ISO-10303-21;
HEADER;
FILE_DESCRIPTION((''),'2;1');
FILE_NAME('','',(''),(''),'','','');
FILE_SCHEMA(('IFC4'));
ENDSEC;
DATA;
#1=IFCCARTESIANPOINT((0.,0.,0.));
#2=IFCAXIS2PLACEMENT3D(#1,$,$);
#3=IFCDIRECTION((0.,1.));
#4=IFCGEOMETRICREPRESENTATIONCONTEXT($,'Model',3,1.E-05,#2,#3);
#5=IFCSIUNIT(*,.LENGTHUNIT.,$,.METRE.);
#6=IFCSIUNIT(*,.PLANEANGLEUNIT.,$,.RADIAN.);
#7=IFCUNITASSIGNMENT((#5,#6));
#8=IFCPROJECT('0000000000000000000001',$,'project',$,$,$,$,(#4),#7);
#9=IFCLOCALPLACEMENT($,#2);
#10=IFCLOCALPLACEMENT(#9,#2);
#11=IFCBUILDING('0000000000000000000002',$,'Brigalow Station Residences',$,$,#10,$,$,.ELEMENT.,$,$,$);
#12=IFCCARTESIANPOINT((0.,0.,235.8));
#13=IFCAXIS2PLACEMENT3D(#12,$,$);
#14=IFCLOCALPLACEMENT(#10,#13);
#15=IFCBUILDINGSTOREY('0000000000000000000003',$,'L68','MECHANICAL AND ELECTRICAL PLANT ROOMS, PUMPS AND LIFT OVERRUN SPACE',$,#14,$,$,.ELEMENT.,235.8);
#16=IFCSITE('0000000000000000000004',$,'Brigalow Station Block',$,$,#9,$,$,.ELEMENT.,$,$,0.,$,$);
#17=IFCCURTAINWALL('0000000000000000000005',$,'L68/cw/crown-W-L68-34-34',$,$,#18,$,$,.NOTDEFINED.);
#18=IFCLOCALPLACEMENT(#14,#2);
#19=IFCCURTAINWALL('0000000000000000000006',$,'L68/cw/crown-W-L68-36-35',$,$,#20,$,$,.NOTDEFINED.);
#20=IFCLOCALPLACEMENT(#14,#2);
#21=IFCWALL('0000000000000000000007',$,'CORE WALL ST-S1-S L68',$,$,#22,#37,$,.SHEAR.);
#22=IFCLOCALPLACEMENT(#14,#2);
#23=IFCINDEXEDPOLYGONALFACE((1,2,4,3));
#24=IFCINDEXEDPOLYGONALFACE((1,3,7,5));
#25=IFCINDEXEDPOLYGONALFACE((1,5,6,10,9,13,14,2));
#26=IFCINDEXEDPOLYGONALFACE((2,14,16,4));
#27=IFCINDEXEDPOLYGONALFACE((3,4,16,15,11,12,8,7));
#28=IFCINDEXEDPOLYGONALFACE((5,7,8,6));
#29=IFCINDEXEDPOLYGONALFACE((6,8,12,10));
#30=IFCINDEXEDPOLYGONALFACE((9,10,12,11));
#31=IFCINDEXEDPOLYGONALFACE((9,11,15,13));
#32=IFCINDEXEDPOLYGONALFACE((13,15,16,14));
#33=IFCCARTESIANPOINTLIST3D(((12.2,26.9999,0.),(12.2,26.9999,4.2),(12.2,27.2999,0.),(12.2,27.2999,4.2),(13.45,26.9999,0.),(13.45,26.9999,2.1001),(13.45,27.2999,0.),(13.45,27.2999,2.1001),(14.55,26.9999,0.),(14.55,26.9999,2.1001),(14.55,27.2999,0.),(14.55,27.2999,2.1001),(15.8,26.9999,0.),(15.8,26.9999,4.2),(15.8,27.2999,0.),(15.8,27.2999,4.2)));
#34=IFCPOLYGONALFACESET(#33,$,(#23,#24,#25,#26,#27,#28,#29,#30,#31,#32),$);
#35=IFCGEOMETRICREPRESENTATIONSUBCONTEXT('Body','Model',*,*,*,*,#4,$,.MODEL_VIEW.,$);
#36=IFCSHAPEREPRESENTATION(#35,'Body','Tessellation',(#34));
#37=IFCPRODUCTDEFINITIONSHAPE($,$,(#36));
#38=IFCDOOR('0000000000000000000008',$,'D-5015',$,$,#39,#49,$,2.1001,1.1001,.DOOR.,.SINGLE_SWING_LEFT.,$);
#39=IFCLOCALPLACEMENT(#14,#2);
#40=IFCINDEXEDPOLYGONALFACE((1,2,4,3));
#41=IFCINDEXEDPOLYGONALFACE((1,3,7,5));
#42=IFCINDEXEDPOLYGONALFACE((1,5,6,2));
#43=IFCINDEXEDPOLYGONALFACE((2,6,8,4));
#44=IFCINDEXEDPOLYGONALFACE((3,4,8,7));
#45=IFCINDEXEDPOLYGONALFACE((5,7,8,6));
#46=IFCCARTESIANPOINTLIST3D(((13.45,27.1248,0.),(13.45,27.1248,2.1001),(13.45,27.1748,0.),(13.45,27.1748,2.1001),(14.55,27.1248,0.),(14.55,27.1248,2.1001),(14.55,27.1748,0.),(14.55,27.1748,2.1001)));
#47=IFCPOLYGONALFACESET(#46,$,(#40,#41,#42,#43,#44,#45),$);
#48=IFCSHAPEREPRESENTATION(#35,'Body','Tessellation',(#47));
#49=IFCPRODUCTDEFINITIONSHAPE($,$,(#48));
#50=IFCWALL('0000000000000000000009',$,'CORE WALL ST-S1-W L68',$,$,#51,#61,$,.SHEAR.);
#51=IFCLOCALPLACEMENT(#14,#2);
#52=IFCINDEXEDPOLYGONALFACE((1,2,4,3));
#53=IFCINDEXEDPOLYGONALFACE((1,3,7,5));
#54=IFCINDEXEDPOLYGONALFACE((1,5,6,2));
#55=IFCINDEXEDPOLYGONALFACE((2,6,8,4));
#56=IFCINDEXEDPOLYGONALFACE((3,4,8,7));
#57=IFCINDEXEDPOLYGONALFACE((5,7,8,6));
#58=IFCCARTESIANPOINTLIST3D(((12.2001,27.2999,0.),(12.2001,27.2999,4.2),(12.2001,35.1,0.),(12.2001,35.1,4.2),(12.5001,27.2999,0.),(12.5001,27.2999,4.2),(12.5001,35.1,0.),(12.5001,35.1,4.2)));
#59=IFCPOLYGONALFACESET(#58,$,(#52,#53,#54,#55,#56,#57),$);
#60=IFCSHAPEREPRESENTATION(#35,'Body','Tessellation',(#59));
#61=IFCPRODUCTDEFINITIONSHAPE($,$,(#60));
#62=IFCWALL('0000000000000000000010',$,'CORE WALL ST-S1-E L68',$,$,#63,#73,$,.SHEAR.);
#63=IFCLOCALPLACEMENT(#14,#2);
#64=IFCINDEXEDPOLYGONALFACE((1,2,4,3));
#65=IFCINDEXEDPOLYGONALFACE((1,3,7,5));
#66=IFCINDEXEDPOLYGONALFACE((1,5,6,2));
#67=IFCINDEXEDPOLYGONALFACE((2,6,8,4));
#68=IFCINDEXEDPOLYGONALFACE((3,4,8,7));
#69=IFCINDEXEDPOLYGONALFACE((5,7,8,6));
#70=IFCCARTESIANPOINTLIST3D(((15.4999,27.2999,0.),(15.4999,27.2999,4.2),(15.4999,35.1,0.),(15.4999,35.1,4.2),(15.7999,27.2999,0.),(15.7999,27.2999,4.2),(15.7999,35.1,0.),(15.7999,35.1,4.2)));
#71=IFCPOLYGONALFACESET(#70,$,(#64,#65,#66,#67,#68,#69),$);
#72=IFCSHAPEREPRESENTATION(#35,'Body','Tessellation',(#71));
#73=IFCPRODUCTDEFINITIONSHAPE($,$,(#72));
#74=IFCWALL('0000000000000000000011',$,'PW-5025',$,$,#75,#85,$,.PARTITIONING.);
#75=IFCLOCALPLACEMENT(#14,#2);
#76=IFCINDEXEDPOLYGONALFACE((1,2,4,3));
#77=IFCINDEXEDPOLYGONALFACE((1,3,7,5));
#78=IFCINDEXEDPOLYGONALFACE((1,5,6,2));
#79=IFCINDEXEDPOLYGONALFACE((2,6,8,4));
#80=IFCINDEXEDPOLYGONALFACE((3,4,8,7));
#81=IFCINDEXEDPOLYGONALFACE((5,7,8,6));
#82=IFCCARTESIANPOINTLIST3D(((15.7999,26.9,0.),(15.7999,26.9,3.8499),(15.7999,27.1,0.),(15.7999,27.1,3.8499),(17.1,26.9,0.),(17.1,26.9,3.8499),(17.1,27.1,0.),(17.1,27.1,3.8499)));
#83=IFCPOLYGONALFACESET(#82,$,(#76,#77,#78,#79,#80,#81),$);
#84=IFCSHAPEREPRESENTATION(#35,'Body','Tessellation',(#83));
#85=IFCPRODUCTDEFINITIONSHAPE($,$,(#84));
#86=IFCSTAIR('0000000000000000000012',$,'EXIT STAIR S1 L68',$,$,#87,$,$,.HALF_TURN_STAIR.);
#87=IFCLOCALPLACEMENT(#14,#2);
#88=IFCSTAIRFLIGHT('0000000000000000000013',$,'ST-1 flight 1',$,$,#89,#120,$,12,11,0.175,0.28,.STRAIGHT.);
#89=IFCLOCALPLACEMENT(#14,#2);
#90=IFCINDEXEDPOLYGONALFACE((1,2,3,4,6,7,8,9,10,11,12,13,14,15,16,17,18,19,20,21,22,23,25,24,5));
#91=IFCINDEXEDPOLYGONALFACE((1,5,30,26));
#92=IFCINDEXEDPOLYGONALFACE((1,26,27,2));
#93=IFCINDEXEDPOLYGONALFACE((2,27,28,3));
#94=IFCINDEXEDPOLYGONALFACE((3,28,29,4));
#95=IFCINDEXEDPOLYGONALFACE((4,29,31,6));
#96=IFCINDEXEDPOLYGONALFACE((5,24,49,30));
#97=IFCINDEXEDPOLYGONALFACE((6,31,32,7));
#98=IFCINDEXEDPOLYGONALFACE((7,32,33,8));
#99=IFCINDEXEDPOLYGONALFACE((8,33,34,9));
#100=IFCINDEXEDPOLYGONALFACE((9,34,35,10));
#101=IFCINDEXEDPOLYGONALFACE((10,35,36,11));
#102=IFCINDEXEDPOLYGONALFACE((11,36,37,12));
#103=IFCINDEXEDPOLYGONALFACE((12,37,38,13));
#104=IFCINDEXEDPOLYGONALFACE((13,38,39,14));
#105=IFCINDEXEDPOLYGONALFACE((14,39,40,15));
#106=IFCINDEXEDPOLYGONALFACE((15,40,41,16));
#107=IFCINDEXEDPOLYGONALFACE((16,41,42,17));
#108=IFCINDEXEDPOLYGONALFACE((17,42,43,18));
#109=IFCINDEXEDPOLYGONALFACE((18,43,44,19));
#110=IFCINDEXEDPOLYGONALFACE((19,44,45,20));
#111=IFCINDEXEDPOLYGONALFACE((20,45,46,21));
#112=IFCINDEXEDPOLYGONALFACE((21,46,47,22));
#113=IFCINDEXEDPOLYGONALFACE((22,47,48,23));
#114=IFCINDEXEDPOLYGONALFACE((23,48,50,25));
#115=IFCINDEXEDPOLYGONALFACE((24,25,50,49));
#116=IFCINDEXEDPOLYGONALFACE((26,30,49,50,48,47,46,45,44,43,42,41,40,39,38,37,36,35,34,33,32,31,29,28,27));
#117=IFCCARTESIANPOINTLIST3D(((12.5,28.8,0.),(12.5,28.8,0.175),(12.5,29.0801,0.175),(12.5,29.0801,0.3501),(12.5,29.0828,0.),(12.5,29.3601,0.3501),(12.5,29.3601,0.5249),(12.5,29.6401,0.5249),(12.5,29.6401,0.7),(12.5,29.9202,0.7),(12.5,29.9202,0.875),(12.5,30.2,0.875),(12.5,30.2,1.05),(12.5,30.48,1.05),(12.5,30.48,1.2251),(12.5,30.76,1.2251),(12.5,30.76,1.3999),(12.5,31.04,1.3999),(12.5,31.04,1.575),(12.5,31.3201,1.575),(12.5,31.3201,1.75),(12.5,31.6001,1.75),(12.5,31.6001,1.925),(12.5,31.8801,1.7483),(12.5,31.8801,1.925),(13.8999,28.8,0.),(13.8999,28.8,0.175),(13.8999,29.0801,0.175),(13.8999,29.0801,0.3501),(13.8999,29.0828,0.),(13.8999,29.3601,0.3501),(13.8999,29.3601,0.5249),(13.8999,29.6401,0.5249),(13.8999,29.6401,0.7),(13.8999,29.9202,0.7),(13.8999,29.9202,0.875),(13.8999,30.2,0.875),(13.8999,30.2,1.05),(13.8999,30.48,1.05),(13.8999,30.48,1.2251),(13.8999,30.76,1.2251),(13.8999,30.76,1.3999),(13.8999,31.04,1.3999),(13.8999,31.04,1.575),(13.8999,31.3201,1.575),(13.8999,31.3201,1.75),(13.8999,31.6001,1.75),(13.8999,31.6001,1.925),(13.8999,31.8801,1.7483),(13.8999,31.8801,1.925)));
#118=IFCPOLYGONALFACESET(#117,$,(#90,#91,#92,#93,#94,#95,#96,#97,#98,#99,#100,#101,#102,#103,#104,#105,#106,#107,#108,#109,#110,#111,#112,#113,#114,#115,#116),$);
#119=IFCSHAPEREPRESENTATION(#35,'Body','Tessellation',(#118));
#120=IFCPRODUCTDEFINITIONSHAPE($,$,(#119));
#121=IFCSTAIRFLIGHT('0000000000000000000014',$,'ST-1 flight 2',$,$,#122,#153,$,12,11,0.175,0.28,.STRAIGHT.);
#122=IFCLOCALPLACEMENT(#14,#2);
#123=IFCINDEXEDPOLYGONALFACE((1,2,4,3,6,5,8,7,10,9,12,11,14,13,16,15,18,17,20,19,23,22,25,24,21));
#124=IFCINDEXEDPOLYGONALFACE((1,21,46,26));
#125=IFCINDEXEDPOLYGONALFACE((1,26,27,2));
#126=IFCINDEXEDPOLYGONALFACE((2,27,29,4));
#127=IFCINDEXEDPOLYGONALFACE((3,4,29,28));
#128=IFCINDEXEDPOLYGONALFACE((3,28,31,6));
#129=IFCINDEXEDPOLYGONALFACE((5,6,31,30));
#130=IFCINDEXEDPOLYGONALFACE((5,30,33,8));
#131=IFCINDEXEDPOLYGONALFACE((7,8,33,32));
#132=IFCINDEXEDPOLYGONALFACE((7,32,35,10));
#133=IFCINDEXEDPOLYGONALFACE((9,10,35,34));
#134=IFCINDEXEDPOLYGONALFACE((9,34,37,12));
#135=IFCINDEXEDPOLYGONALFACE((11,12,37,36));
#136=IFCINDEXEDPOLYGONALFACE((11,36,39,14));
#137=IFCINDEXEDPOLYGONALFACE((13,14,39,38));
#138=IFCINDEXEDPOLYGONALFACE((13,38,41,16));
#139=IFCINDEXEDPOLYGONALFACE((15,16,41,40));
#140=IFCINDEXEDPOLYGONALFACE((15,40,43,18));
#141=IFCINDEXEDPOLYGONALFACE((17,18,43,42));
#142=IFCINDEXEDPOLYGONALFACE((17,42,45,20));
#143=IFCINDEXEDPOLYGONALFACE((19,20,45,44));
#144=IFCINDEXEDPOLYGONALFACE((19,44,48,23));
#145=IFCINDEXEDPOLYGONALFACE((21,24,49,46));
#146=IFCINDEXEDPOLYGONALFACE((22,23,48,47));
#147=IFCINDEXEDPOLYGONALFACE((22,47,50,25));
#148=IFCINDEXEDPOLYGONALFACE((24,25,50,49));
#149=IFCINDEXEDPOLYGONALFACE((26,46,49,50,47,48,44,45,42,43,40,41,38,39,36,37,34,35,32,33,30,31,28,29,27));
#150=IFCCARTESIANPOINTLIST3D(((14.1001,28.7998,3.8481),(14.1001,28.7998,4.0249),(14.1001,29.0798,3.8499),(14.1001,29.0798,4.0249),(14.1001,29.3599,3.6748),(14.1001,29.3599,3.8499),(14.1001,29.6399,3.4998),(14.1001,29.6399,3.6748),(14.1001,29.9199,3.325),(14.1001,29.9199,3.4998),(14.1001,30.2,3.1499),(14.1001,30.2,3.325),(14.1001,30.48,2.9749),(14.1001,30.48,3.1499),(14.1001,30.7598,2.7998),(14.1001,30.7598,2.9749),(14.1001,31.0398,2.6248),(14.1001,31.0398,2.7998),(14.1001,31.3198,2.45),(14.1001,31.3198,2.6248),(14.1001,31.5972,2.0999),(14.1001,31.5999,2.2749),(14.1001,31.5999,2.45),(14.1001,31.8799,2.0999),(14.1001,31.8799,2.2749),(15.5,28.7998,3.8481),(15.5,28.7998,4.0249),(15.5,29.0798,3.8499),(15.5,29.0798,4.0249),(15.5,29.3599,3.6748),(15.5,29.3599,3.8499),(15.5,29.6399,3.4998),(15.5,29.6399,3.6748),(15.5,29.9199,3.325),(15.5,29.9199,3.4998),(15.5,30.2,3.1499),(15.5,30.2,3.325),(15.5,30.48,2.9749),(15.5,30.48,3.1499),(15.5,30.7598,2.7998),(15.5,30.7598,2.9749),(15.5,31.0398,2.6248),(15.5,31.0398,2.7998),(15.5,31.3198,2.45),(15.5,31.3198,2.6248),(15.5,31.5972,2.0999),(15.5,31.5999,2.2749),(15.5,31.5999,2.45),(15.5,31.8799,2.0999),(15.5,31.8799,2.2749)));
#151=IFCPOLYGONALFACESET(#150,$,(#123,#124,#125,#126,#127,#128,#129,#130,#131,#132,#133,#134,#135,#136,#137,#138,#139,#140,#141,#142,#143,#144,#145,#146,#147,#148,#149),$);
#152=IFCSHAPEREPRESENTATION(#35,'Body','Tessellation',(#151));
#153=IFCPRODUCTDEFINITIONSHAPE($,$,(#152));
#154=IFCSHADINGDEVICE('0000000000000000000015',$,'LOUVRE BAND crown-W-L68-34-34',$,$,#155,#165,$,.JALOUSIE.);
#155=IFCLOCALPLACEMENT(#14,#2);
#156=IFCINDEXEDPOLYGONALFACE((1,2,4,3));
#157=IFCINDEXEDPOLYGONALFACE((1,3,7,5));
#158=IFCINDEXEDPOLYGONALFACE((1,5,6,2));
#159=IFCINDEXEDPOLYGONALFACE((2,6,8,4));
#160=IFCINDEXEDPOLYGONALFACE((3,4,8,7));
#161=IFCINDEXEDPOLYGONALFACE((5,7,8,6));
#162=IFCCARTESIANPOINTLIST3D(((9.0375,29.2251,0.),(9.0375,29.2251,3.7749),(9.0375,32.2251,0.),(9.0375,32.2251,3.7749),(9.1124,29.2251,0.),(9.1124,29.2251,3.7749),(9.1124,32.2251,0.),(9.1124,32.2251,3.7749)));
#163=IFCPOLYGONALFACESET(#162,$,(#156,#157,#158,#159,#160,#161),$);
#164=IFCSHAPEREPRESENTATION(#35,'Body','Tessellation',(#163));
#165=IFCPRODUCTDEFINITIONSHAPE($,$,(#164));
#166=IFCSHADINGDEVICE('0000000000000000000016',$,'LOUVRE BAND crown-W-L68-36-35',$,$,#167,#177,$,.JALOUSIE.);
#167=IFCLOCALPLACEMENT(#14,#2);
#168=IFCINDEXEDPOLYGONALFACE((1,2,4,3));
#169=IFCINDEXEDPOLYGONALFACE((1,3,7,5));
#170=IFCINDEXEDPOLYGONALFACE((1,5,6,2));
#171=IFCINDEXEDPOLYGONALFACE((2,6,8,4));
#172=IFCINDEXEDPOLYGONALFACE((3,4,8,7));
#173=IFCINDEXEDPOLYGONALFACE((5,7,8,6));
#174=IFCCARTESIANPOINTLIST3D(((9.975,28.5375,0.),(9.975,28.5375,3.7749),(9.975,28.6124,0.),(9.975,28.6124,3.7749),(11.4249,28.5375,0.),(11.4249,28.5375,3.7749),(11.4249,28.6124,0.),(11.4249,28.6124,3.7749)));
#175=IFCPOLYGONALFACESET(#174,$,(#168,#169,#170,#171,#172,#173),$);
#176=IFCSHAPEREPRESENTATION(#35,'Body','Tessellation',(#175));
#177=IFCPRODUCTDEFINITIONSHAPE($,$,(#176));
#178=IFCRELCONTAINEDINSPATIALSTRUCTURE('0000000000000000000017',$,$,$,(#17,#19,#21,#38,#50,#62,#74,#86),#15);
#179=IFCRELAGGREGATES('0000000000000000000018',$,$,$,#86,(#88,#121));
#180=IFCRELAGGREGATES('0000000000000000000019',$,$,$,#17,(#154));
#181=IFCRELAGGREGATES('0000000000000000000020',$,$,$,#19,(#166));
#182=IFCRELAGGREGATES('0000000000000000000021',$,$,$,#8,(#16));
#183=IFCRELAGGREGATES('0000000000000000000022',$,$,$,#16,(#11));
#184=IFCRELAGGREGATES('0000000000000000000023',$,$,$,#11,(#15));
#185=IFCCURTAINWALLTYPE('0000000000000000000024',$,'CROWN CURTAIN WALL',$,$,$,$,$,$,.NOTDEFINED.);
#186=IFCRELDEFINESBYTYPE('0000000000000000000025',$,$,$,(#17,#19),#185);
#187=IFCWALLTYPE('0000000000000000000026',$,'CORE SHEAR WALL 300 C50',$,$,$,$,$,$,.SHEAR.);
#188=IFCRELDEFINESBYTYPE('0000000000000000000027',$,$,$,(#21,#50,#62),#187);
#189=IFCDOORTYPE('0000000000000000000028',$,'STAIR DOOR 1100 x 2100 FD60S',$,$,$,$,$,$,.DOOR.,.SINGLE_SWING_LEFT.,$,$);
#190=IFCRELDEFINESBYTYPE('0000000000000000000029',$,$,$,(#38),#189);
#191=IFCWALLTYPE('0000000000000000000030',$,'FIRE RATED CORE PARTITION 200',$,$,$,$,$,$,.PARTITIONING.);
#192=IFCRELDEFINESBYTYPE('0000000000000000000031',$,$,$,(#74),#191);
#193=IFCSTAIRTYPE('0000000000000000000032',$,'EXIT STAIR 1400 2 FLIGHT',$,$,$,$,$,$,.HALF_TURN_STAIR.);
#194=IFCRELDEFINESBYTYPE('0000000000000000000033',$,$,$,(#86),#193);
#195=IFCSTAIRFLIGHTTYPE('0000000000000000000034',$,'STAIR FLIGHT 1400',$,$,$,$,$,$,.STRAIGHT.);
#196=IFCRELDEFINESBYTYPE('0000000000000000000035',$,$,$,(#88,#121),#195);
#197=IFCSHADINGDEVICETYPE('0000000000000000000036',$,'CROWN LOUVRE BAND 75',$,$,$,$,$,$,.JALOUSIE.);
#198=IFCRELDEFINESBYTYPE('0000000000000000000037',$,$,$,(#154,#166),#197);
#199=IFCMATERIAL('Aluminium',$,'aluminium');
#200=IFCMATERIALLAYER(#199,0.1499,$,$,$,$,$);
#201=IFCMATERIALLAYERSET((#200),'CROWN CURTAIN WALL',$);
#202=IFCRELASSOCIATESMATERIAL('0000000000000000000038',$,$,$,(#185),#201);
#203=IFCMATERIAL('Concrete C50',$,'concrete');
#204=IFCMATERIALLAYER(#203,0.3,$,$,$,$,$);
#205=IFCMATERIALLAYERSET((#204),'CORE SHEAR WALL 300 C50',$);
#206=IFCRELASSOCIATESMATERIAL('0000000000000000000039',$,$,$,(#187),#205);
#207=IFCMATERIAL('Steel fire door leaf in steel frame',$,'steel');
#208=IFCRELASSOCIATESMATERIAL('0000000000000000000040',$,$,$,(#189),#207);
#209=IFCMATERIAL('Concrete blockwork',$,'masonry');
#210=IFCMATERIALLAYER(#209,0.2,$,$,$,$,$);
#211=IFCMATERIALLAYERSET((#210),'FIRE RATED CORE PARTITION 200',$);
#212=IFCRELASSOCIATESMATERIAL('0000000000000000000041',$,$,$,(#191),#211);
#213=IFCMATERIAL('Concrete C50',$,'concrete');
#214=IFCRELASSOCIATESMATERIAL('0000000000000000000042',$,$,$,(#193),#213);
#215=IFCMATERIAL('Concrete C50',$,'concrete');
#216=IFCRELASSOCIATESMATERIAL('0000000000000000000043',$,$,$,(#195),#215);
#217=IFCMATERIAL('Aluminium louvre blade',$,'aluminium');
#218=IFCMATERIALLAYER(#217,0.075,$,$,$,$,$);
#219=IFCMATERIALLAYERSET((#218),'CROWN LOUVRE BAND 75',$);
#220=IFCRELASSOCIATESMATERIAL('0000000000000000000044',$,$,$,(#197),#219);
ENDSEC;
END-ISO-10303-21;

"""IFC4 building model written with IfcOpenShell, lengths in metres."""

from ifc_helpers import new_model, si_unit, direction, frame, frame_2d, origin, origin_2d, place, context, subcontext, project, spatial, polyline, rectangle, outline, extrude, material, layer, layer_set, type_object, element, fill, aggregate, save


model = new_model("IFC4")

# Units and contexts
model_context = context("Model", 3, precision=1e-05, world=origin(), true_north=direction((0.0, 1.0)))
body_context = subcontext(model_context, "Body", "Model", "MODEL_VIEW")
ifc_project = project(units=[si_unit("LENGTHUNIT", "METRE"), si_unit("PLANEANGLEUNIT", "RADIAN")], contexts=[model_context])

# Site, building, storey
site_placement = place(None, origin())
site = spatial("IfcSite", under=ifc_project, at=site_placement, Name="Brigalow Station Block", CompositionType="ELEMENT", RefElevation=0.0)
building_placement = place(site_placement, origin())
building = spatial("IfcBuilding", under=site, at=building_placement, Name="Brigalow Station Residences", CompositionType="ELEMENT")
storey_placement = place(building_placement, frame((0.0, 0.0, 235.8)))
storey = spatial("IfcBuildingStorey", under=building, at=storey_placement, Name="L68", Description="MECHANICAL AND ELECTRICAL PLANT ROOMS, PUMPS AND LIFT OVERRUN SPACE", CompositionType="ELEMENT", Elevation=235.8)

# Curtain wall
ifc_material_1 = material(Name="Aluminium", Category="aluminium")
ifc_layer_1 = layer(ifc_material_1, 0.1499)
ifc_layer_set_1 = layer_set([ifc_layer_1], Name="CROWN CURTAIN WALL")
curtain_wall_type = type_object("IfcCurtainWallType", Name="CROWN CURTAIN WALL", PredefinedType="NOTDEFINED", material=ifc_layer_set_1)
curtain_wall_1_placement = place(storey_placement, origin())
curtain_wall_1 = element("IfcCurtainWall", 1, at=curtain_wall_1_placement, inside=storey, type_object=curtain_wall_type, Name="L68/cw/crown-W-L68-34-34", PredefinedType="NOTDEFINED")

# Curtain wall
curtain_wall_2_placement = place(storey_placement, origin())
curtain_wall_2 = element("IfcCurtainWall", 2, at=curtain_wall_2_placement, inside=storey, type_object=curtain_wall_type, Name="L68/cw/crown-W-L68-36-35", PredefinedType="NOTDEFINED")

# Wall, opening, door
ifc_material_2 = material(Name="Concrete C50", Category="concrete")
ifc_layer_2 = layer(ifc_material_2, 0.3)
ifc_layer_set_2 = layer_set([ifc_layer_2], Name="CORE SHEAR WALL 300 C50")
wall_type_1 = type_object("IfcWallType", Name="CORE SHEAR WALL 300 C50", PredefinedType="SHEAR", material=ifc_layer_set_2)
wall_1_placement = place(storey_placement, frame((12.2, 27.1499, 0.0), z_axis=(0.0, 0.0, 1.0), x_axis=(1.0, 0.0, 0.0)))
wall_1 = element("IfcWall", 3, at=wall_1_placement, inside=storey, type_object=wall_type_1, Name="CORE WALL ST-S1-S L68", PredefinedType="SHEAR", context=body_context, shape_type="SweptSolid", body=[
    extrude(rectangle(XDim=3.6001, YDim=0.3, at=frame_2d((1.8, 0.0))), origin(), (0.0, 0.0, 1.0), 4.2),
])
opening_placement = place(wall_1_placement, frame((1.25, 0.0, 0.0)))
opening = element("IfcOpeningElement", 4, at=opening_placement, cuts=wall_1, PredefinedType="OPENING", context=body_context, shape_type="SweptSolid", body=[
    extrude(rectangle(XDim=1.1001, YDim=2.1001, at=frame_2d((0.55, 1.05))), frame((0.0, 0.1602, 0.0), z_axis=(0.0, -1.0, 0.0), x_axis=(1.0, 0.0, 0.0)), (0.0, 0.0, 1.0), 0.3201),
])
ifc_material_3 = material(Name="Steel fire door leaf in steel frame", Category="steel")
door_type = type_object("IfcDoorType", Name="STAIR DOOR 1100 x 2100 FD60S", OperationType="SINGLE_SWING_LEFT", PredefinedType="DOOR", material=ifc_material_3)
door_placement = place(opening_placement, origin())
door = element("IfcDoor", 5, at=door_placement, inside=storey, type_object=door_type, Name="D-5015", OperationType="SINGLE_SWING_LEFT", OverallHeight=2.1001, OverallWidth=1.1001, PredefinedType="DOOR", context=body_context, shape_type="SweptSolid", body=[
    extrude(rectangle(XDim=1.1001, YDim=2.1001, at=frame_2d((0.55, 1.05))), frame((0.0, 0.0249, 0.0), z_axis=(0.0, -1.0, 0.0), x_axis=(1.0, 0.0, 0.0)), (0.0, 0.0, 1.0), 0.05),
])
fill(opening, door)

# Walls
for number, where, z_axis, x_axis, name in (
    (6, (12.3501, 27.3, 0.0), (0.0, 0.0, 1.0), (0.0, 1.0, 0.0), "CORE WALL ST-S1-W L68"),
    (7, (15.6499, 27.3, 0.0), (0.0, 0.0, 1.0), (0.0, 1.0, 0.0), "CORE WALL ST-S1-E L68"),
):
    element("IfcWall", number, at=place(storey_placement, frame(where, z_axis=z_axis, x_axis=x_axis)), inside=storey, type_object=wall_type_1, Name=name, PredefinedType="SHEAR", context=body_context, shape_type="SweptSolid", body=[
        extrude(rectangle(XDim=7.8, YDim=0.3, at=frame_2d((3.8999, 0.0))), origin(), (0.0, 0.0, 1.0), 4.2),
    ])
ifc_material_4 = material(Name="Concrete blockwork", Category="masonry")
ifc_layer_3 = layer(ifc_material_4, 0.2)
ifc_layer_set_3 = layer_set([ifc_layer_3], Name="FIRE RATED CORE PARTITION 200")
wall_type_2 = type_object("IfcWallType", Name="FIRE RATED CORE PARTITION 200", PredefinedType="PARTITIONING", material=ifc_layer_set_3)
wall_2_placement = place(storey_placement, frame((15.8, 27.0, 0.0), z_axis=(0.0, 0.0, 1.0), x_axis=(1.0, 0.0, 0.0)))
element("IfcWall", 8, at=wall_2_placement, inside=storey, type_object=wall_type_2, Name="PW-5025", PredefinedType="PARTITIONING", context=body_context, shape_type="SweptSolid", body=[
    extrude(rectangle(XDim=1.3, YDim=0.2, at=frame_2d((0.6499, 0.0))), origin(), (0.0, 0.0, 1.0), 3.8499),
])

# Stair, stair flights
ifc_material_5 = material(Name="Concrete C50", Category="concrete")
stair_type = type_object("IfcStairType", Name="EXIT STAIR 1400 2 FLIGHT", PredefinedType="HALF_TURN_STAIR", material=ifc_material_5)
stair_placement = place(storey_placement, origin())
stair = element("IfcStair", 9, at=stair_placement, inside=storey, type_object=stair_type, Name="EXIT STAIR S1 L68", PredefinedType="HALF_TURN_STAIR")
ifc_material_6 = material(Name="Concrete C50", Category="concrete")
stair_flight_type = type_object("IfcStairFlightType", Name="STAIR FLIGHT 1400", PredefinedType="STRAIGHT", material=ifc_material_6)
stair_flight_1_placement = place(storey_placement, frame((13.2, 28.8, 0.0), z_axis=(0.0, 0.0, 1.0), x_axis=(0.0, 1.0, 0.0)))
stair_flight_1 = element("IfcStairFlight", 10, at=stair_flight_1_placement, type_object=stair_flight_type, Name="ST-1 flight 1", NumberOfRisers=12, NumberOfTreads=11, PredefinedType="STRAIGHT", RiserHeight=0.175, TreadLength=0.28, context=body_context, shape_type="SweptSolid", body=[
    extrude(outline(polyline([(0.0, 0.0), (0.0, 0.175), (0.28, 0.175), (0.28, 0.3501), (0.5601, 0.3501), (0.5601, 0.5249), (0.8401, 0.5249), (0.8401, 0.7), (1.1201, 0.7), (1.1201, 0.875), (1.3999, 0.875), (1.3999, 1.05), (1.6799, 1.05), (1.6799, 1.2251), (1.96, 1.2251), (1.96, 1.3999), (2.24, 1.3999), (2.24, 1.575), (2.52, 1.575), (2.52, 1.75), (2.8, 1.75), (2.8, 1.925), (3.0801, 1.925), (3.0801, 2.1001), (3.0801, 1.7483), (0.2827, 0.0), (0.0, 0.0)])), frame((0.0, 0.7, 0.0), z_axis=(0.0, -1.0, 0.0), x_axis=(1.0, 0.0, 0.0)), (0.0, 0.0, 1.0), 1.3999),
])
stair_flight_2_placement = place(storey_placement, frame((14.8, 31.8799, 2.0999), z_axis=(0.0, 0.0, 1.0), x_axis=(0.0, -1.0, 0.0)))
stair_flight_2 = element("IfcStairFlight", 11, at=stair_flight_2_placement, type_object=stair_flight_type, Name="ST-1 flight 2", NumberOfRisers=12, NumberOfTreads=11, PredefinedType="STRAIGHT", RiserHeight=0.175, TreadLength=0.28, context=body_context, shape_type="SweptSolid", body=[
    extrude(outline(polyline([(0.0, 0.0), (0.0, 0.175), (0.28, 0.175), (0.28, 0.3501), (0.5601, 0.3501), (0.5601, 0.5249), (0.8401, 0.5249), (0.8401, 0.7), (1.1201, 0.7), (1.1201, 0.875), (1.3999, 0.875), (1.3999, 1.05), (1.6799, 1.05), (1.6799, 1.2251), (1.96, 1.2251), (1.96, 1.3999), (2.24, 1.3999), (2.24, 1.575), (2.52, 1.575), (2.52, 1.75), (2.8, 1.75), (2.8, 1.925), (3.0801, 1.925), (3.0801, 2.1001), (3.0801, 1.7483), (0.2827, 0.0), (0.0, 0.0)])), frame((0.0, 0.7, 0.0), z_axis=(0.0, -1.0, 0.0), x_axis=(1.0, 0.0, 0.0)), (0.0, 0.0, 1.0), 1.3999),
])
aggregate(stair, [stair_flight_1, stair_flight_2])

# Shading devices
ifc_material_7 = material(Name="Aluminium louvre blade", Category="aluminium")
ifc_layer_4 = layer(ifc_material_7, 0.075)
ifc_layer_set_4 = layer_set([ifc_layer_4], Name="CROWN LOUVRE BAND 75")
shading_device_type = type_object("IfcShadingDeviceType", Name="CROWN LOUVRE BAND 75", PredefinedType="JALOUSIE", material=ifc_layer_set_4)
shading_device_1_placement = place(storey_placement, frame((9.075, 30.7251, 0.0), z_axis=(0.0, 0.0, 1.0), x_axis=(0.0, -1.0, 0.0)))
shading_device_1 = element("IfcShadingDevice", 12, at=shading_device_1_placement, type_object=shading_device_type, Name="LOUVRE BAND crown-W-L68-34-34", PredefinedType="JALOUSIE", context=body_context, shape_type="SweptSolid", body=[
    extrude(rectangle(XDim=3.0, YDim=0.075, at=origin_2d()), origin(), (0.0, 0.0, 1.0), 3.7749),
])
aggregate(curtain_wall_1, [shading_device_1])
shading_device_2_placement = place(storey_placement, frame((10.7, 28.575, 0.0), z_axis=(0.0, 0.0, 1.0), x_axis=(1.0, 0.0, 0.0)))
shading_device_2 = element("IfcShadingDevice", 13, at=shading_device_2_placement, type_object=shading_device_type, Name="LOUVRE BAND crown-W-L68-36-35", PredefinedType="JALOUSIE", context=body_context, shape_type="SweptSolid", body=[
    extrude(rectangle(XDim=1.45, YDim=0.075, at=origin_2d()), origin(), (0.0, 0.0, 1.0), 3.7749),
])
aggregate(curtain_wall_2, [shading_device_2])

save(model, "model.ifc")
